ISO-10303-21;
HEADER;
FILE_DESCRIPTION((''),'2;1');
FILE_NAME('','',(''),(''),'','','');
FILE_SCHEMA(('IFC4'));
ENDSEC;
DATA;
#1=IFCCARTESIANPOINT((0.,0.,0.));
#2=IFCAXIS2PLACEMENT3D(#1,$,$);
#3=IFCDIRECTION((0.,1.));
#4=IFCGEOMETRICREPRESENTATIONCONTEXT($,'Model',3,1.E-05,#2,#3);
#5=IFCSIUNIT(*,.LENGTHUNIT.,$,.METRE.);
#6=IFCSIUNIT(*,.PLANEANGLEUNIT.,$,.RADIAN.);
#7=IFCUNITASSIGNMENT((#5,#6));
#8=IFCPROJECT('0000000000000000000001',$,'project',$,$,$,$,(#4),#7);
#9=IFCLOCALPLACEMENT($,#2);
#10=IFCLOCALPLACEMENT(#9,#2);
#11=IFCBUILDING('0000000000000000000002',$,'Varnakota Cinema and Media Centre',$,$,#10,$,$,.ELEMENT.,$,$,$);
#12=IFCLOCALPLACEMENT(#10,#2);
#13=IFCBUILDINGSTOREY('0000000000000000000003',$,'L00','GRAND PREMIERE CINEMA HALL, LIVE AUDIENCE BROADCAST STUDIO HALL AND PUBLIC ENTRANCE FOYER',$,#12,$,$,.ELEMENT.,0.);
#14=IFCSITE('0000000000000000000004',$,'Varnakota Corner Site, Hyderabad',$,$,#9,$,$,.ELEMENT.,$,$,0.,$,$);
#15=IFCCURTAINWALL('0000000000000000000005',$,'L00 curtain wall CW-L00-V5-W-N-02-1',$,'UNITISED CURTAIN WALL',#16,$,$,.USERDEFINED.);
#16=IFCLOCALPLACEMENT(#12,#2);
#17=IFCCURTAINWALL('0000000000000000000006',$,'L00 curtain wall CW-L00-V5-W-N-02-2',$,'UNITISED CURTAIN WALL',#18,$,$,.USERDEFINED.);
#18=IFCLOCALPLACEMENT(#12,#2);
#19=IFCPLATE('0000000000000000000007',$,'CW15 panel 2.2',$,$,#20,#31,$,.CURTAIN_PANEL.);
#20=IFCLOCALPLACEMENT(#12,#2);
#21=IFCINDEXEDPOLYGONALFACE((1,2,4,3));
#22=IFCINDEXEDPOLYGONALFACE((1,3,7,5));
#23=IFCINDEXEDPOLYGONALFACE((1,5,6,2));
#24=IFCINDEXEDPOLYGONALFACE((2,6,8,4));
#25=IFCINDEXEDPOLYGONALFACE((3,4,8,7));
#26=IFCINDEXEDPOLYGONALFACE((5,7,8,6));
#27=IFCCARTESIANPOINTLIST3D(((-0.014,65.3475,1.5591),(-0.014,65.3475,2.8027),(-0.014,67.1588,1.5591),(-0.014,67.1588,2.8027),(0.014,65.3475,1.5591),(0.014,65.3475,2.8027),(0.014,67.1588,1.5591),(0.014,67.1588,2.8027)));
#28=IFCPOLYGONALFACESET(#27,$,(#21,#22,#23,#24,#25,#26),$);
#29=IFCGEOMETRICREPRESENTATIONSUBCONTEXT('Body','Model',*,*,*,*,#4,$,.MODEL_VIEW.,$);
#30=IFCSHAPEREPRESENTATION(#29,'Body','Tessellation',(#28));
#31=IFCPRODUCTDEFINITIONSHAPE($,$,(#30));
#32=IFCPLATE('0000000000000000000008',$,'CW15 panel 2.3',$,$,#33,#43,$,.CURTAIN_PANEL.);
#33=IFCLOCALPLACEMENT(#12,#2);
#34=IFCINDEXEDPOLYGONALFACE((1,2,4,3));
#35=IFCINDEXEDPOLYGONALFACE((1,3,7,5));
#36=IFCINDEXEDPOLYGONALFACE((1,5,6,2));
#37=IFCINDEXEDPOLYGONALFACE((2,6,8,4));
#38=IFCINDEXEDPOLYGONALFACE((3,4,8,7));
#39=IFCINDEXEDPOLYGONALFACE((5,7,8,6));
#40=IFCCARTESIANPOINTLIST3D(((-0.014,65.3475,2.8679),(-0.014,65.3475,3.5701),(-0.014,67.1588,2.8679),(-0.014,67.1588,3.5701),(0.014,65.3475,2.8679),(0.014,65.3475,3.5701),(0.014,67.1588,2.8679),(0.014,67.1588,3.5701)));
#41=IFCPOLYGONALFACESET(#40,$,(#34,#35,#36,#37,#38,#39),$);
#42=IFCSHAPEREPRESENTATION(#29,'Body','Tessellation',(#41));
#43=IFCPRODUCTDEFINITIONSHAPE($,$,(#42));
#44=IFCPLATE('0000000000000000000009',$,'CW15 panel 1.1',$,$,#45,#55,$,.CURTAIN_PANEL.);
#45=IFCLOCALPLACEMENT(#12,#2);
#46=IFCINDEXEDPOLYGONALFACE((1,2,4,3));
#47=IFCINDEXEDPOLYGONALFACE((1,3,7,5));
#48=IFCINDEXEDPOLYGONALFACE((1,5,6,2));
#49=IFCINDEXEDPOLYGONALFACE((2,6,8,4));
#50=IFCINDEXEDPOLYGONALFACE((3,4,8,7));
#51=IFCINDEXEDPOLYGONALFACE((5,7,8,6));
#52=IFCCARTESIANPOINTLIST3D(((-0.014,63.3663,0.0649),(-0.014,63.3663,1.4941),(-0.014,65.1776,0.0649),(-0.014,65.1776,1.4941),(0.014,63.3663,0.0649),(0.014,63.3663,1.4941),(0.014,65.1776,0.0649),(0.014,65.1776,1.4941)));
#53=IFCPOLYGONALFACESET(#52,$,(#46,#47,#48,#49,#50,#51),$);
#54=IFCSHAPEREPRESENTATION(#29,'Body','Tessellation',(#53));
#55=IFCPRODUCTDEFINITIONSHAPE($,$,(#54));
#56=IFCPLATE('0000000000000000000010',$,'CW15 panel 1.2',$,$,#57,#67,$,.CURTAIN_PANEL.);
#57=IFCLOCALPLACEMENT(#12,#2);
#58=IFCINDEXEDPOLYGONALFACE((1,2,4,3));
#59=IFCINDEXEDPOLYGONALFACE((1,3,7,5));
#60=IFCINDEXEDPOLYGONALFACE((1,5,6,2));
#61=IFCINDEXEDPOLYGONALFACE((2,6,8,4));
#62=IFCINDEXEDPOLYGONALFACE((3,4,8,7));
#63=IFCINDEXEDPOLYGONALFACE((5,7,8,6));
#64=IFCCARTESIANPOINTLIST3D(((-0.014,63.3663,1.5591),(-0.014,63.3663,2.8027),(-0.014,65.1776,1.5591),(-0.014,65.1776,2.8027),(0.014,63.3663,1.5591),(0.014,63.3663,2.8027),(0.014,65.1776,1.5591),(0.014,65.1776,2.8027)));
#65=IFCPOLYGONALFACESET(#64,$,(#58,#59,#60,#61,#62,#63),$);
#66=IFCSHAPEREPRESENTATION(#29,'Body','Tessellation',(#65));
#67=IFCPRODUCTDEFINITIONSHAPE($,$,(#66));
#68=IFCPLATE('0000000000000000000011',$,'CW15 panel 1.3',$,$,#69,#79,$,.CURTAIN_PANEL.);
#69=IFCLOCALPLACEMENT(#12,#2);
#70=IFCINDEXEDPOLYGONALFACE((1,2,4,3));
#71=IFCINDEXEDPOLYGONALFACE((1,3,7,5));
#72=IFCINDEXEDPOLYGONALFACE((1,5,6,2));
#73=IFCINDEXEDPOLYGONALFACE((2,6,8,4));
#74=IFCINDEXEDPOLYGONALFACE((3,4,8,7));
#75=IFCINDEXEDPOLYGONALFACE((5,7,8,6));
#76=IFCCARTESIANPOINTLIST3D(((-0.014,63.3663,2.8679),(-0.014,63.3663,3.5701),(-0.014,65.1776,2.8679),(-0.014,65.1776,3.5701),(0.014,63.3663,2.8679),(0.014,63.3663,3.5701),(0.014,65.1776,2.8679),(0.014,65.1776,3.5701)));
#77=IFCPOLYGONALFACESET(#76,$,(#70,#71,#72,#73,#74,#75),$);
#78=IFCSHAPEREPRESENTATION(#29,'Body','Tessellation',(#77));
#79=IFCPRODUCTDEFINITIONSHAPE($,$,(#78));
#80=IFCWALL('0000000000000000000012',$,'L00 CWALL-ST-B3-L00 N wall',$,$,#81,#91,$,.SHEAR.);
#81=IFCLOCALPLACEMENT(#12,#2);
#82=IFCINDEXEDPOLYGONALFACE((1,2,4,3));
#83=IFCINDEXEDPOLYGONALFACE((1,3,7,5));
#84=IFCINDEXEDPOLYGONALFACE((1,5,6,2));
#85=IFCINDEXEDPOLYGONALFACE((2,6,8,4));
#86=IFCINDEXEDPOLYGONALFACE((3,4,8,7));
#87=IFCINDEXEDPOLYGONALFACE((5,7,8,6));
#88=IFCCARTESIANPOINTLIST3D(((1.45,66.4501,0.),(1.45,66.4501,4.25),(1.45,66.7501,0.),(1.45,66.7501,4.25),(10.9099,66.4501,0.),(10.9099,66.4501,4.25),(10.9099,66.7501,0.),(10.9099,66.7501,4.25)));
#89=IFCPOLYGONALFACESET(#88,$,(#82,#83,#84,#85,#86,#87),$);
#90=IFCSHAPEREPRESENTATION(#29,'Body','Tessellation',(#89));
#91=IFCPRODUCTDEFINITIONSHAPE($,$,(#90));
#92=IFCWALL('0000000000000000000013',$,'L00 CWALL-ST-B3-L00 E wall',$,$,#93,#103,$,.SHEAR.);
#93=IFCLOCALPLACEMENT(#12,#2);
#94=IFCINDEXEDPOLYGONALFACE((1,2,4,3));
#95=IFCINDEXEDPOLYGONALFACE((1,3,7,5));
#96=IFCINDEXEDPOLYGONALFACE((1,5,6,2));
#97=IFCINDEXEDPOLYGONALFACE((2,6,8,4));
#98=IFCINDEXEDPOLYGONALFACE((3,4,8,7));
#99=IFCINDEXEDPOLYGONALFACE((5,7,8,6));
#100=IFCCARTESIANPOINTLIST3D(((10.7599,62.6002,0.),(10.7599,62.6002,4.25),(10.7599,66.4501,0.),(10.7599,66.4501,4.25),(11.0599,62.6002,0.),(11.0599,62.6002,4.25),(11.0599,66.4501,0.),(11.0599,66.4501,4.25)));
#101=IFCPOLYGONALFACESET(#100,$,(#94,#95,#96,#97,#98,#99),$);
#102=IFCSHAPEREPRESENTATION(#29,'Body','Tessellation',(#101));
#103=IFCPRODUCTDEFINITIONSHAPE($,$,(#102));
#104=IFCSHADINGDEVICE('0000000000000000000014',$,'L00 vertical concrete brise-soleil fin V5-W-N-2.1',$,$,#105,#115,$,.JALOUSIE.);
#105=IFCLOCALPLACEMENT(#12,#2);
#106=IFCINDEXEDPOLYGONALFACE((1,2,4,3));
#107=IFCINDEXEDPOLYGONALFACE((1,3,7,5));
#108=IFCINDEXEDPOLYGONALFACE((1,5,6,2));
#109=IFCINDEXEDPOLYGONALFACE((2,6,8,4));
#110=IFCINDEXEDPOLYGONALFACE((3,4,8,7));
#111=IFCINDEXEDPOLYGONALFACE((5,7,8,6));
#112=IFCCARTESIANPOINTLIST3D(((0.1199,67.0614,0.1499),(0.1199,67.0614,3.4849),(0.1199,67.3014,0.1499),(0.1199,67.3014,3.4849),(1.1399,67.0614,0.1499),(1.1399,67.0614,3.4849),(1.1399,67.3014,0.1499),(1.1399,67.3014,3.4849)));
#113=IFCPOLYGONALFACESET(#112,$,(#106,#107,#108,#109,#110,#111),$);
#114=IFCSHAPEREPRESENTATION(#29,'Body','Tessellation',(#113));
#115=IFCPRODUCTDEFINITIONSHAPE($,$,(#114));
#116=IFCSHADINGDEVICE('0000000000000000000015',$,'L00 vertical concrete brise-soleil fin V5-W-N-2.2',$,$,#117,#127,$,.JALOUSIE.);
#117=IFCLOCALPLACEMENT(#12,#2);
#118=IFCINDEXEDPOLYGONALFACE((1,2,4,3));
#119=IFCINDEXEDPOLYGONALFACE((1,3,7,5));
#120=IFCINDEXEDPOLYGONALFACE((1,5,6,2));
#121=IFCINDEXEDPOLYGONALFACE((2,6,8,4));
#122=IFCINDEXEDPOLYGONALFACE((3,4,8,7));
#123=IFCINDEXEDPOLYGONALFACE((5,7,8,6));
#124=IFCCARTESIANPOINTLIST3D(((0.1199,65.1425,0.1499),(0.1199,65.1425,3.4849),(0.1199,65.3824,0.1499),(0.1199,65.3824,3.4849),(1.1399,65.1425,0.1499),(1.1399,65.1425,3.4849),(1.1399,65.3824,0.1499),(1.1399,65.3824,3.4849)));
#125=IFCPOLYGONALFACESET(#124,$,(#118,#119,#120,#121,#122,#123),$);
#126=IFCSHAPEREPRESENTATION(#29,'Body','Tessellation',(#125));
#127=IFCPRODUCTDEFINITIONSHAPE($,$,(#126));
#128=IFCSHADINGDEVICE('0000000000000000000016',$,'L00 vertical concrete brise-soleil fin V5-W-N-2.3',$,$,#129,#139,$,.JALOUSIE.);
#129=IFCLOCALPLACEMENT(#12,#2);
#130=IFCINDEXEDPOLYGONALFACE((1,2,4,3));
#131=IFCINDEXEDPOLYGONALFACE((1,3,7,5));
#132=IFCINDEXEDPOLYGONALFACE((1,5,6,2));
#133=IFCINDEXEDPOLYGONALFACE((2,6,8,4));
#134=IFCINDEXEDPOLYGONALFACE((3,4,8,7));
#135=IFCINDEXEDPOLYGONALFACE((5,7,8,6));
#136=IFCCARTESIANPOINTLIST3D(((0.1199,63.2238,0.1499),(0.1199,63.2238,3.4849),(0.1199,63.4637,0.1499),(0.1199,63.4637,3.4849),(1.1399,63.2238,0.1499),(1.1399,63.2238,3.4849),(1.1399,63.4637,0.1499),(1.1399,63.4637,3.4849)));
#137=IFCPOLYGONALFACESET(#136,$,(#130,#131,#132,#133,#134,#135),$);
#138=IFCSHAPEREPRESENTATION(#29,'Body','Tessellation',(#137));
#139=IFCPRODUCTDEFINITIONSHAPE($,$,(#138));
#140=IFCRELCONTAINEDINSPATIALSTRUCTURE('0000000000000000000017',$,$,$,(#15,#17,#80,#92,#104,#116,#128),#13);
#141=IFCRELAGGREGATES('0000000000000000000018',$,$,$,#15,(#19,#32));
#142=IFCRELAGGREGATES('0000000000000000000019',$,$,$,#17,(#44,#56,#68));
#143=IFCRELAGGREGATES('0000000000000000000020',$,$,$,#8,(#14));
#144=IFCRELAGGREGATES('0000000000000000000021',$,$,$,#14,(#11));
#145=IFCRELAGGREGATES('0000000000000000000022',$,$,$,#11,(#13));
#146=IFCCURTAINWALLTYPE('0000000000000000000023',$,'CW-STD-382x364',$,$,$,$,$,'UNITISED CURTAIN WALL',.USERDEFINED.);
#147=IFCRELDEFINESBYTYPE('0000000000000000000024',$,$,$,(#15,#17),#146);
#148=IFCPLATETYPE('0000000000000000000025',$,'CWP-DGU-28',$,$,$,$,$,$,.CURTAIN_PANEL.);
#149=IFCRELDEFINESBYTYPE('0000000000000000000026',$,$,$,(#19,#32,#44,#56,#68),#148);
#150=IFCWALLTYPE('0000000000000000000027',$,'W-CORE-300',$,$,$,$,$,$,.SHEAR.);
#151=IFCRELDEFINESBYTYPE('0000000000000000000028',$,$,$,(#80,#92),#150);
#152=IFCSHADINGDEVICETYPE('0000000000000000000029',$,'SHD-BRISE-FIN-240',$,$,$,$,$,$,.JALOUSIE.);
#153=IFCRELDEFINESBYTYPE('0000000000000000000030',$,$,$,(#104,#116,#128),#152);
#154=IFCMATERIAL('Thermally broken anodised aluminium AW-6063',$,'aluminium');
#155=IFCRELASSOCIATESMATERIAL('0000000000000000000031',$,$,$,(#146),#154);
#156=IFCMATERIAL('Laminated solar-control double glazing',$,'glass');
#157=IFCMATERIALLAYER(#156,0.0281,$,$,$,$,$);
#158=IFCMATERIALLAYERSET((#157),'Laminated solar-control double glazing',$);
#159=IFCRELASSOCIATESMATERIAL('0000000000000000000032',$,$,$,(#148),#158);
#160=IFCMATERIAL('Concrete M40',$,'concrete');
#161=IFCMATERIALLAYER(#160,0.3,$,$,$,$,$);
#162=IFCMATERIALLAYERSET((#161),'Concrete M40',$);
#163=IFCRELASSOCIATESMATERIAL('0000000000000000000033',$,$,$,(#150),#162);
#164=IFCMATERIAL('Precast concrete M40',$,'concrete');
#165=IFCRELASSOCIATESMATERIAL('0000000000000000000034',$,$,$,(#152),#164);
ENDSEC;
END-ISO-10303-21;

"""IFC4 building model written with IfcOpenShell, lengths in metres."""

from ifc_helpers import new_model, si_unit, direction, frame, frame_2d, origin, origin_2d, place, context, subcontext, project, spatial, rectangle, extrude, material, layer, layer_set, type_object, element, aggregate, save


model = new_model("IFC4")

# Units and contexts
model_context = context("Model", 3, precision=1e-05, world=origin(), true_north=direction((0.0, 1.0)))
body_context = subcontext(model_context, "Body", "Model", "MODEL_VIEW")
ifc_project = project(units=[si_unit("LENGTHUNIT", "METRE"), si_unit("PLANEANGLEUNIT", "RADIAN")], contexts=[model_context])

# Site, building, storey
site_placement = place(None, origin())
site = spatial("IfcSite", under=ifc_project, at=site_placement, Name="Varnakota Corner Site, Hyderabad", CompositionType="ELEMENT", RefElevation=0.0)
building_placement = place(site_placement, origin())
building = spatial("IfcBuilding", under=site, at=building_placement, Name="Varnakota Cinema and Media Centre", CompositionType="ELEMENT")
storey_placement = place(building_placement, origin())
storey = spatial("IfcBuildingStorey", under=building, at=storey_placement, Name="L00", Description="GRAND PREMIERE CINEMA HALL, LIVE AUDIENCE BROADCAST STUDIO HALL AND PUBLIC ENTRANCE FOYER", CompositionType="ELEMENT", Elevation=0.0)

# Curtain wall
ifc_material_1 = material(Name="Thermally broken anodised aluminium AW-6063", Category="aluminium")
curtain_wall_type = type_object("IfcCurtainWallType", Name="CW-STD-382x364", ElementType="UNITISED CURTAIN WALL", PredefinedType="USERDEFINED", material=ifc_material_1)
curtain_wall_1_placement = place(storey_placement, origin())
curtain_wall_1 = element("IfcCurtainWall", 1, at=curtain_wall_1_placement, inside=storey, type_object=curtain_wall_type, Name="L00 curtain wall CW-L00-V5-W-N-02-1", ObjectType="UNITISED CURTAIN WALL", PredefinedType="USERDEFINED")

# Curtain wall
curtain_wall_2_placement = place(storey_placement, origin())
curtain_wall_2 = element("IfcCurtainWall", 2, at=curtain_wall_2_placement, inside=storey, type_object=curtain_wall_type, Name="L00 curtain wall CW-L00-V5-W-N-02-2", ObjectType="UNITISED CURTAIN WALL", PredefinedType="USERDEFINED")

# Plates
ifc_material_2 = material(Name="Laminated solar-control double glazing", Category="glass")
ifc_layer_1 = layer(ifc_material_2, 0.0281)
ifc_layer_set_1 = layer_set([ifc_layer_1], Name="Laminated solar-control double glazing")
plate_type = type_object("IfcPlateType", Name="CWP-DGU-28", PredefinedType="CURTAIN_PANEL", material=ifc_layer_set_1)
plate_1_placement = place(storey_placement, frame((0.0, 66.2532, 1.5591), z_axis=(0.0, 0.0, 1.0), x_axis=(0.0, -1.0, 0.0)))
plate_1 = element("IfcPlate", 3, at=plate_1_placement, type_object=plate_type, Name="CW15 panel 2.2", PredefinedType="CURTAIN_PANEL", context=body_context, shape_type="SweptSolid", body=[
    extrude(rectangle(XDim=1.8113, YDim=0.0281, at=origin_2d()), origin(), (0.0, 0.0, 1.0), 1.2437),
])
plate_2_placement = place(storey_placement, frame((0.0, 66.2532, 2.8679), z_axis=(0.0, 0.0, 1.0), x_axis=(0.0, -1.0, 0.0)))
plate_2 = element("IfcPlate", 4, at=plate_2_placement, type_object=plate_type, Name="CW15 panel 2.3", PredefinedType="CURTAIN_PANEL", context=body_context, shape_type="SweptSolid", body=[
    extrude(rectangle(XDim=1.8113, YDim=0.0281, at=origin_2d()), origin(), (0.0, 0.0, 1.0), 0.7021),
])
aggregate(curtain_wall_1, [plate_1, plate_2])
plate_3_placement = place(storey_placement, frame((0.0, 64.272, 0.0649), z_axis=(0.0, 0.0, 1.0), x_axis=(0.0, -1.0, 0.0)))
plate_3 = element("IfcPlate", 5, at=plate_3_placement, type_object=plate_type, Name="CW15 panel 1.1", PredefinedType="CURTAIN_PANEL", context=body_context, shape_type="SweptSolid", body=[
    extrude(rectangle(XDim=1.8113, YDim=0.0281, at=origin_2d()), origin(), (0.0, 0.0, 1.0), 1.4292),
])
plate_4_placement = place(storey_placement, frame((0.0, 64.272, 1.5591), z_axis=(0.0, 0.0, 1.0), x_axis=(0.0, -1.0, 0.0)))
plate_4 = element("IfcPlate", 6, at=plate_4_placement, type_object=plate_type, Name="CW15 panel 1.2", PredefinedType="CURTAIN_PANEL", context=body_context, shape_type="SweptSolid", body=[
    extrude(rectangle(XDim=1.8113, YDim=0.0281, at=origin_2d()), origin(), (0.0, 0.0, 1.0), 1.2437),
])
plate_5_placement = place(storey_placement, frame((0.0, 64.272, 2.8679), z_axis=(0.0, 0.0, 1.0), x_axis=(0.0, -1.0, 0.0)))
plate_5 = element("IfcPlate", 7, at=plate_5_placement, type_object=plate_type, Name="CW15 panel 1.3", PredefinedType="CURTAIN_PANEL", context=body_context, shape_type="SweptSolid", body=[
    extrude(rectangle(XDim=1.8113, YDim=0.0281, at=origin_2d()), origin(), (0.0, 0.0, 1.0), 0.7021),
])
aggregate(curtain_wall_2, [plate_3, plate_4, plate_5])

# Walls
ifc_material_3 = material(Name="Concrete M40", Category="concrete")
ifc_layer_2 = layer(ifc_material_3, 0.3)
ifc_layer_set_2 = layer_set([ifc_layer_2], Name="Concrete M40")
wall_type = type_object("IfcWallType", Name="W-CORE-300", PredefinedType="SHEAR", material=ifc_layer_set_2)
wall_1_placement = place(storey_placement, frame((1.45, 66.6001, 0.0), z_axis=(0.0, 0.0, 1.0), x_axis=(1.0, 0.0, 0.0)))
element("IfcWall", 8, at=wall_1_placement, inside=storey, type_object=wall_type, Name="L00 CWALL-ST-B3-L00 N wall", PredefinedType="SHEAR", context=body_context, shape_type="SweptSolid", body=[
    extrude(rectangle(XDim=9.46, YDim=0.3, at=frame_2d((4.73, 0.0))), origin(), (0.0, 0.0, 1.0), 4.25),
])
wall_2_placement = place(storey_placement, frame((10.9099, 66.45, 0.0), z_axis=(0.0, 0.0, 1.0), x_axis=(0.0, -1.0, 0.0)))
element("IfcWall", 9, at=wall_2_placement, inside=storey, type_object=wall_type, Name="L00 CWALL-ST-B3-L00 E wall", PredefinedType="SHEAR", context=body_context, shape_type="SweptSolid", body=[
    extrude(rectangle(XDim=3.8499, YDim=0.3, at=frame_2d((1.9248, 0.0))), origin(), (0.0, 0.0, 1.0), 4.25),
])

# Shading devices
ifc_material_4 = material(Name="Precast concrete M40", Category="concrete")
shading_device_type = type_object("IfcShadingDeviceType", Name="SHD-BRISE-FIN-240", PredefinedType="JALOUSIE", material=ifc_material_4)
for number, where, z_axis, x_axis, name in (
    (10, (0.6299, 67.1814, 0.1499), (0.0, 0.0, 1.0), (0.0, -1.0, 0.0), "L00 vertical concrete brise-soleil fin V5-W-N-2.1"),
    (11, (0.6299, 65.2625, 0.1499), (0.0, 0.0, 1.0), (0.0, -1.0, 0.0), "L00 vertical concrete brise-soleil fin V5-W-N-2.2"),
    (12, (0.6299, 63.3438, 0.1499), (0.0, 0.0, 1.0), (0.0, -1.0, 0.0), "L00 vertical concrete brise-soleil fin V5-W-N-2.3"),
):
    element("IfcShadingDevice", number, at=place(storey_placement, frame(where, z_axis=z_axis, x_axis=x_axis)), inside=storey, type_object=shading_device_type, Name=name, PredefinedType="JALOUSIE", context=body_context, shape_type="SweptSolid", body=[
        extrude(rectangle(XDim=0.24, YDim=1.02, at=origin_2d()), origin(), (0.0, 0.0, 1.0), 3.335),
    ])

save(model, "model.ifc")
